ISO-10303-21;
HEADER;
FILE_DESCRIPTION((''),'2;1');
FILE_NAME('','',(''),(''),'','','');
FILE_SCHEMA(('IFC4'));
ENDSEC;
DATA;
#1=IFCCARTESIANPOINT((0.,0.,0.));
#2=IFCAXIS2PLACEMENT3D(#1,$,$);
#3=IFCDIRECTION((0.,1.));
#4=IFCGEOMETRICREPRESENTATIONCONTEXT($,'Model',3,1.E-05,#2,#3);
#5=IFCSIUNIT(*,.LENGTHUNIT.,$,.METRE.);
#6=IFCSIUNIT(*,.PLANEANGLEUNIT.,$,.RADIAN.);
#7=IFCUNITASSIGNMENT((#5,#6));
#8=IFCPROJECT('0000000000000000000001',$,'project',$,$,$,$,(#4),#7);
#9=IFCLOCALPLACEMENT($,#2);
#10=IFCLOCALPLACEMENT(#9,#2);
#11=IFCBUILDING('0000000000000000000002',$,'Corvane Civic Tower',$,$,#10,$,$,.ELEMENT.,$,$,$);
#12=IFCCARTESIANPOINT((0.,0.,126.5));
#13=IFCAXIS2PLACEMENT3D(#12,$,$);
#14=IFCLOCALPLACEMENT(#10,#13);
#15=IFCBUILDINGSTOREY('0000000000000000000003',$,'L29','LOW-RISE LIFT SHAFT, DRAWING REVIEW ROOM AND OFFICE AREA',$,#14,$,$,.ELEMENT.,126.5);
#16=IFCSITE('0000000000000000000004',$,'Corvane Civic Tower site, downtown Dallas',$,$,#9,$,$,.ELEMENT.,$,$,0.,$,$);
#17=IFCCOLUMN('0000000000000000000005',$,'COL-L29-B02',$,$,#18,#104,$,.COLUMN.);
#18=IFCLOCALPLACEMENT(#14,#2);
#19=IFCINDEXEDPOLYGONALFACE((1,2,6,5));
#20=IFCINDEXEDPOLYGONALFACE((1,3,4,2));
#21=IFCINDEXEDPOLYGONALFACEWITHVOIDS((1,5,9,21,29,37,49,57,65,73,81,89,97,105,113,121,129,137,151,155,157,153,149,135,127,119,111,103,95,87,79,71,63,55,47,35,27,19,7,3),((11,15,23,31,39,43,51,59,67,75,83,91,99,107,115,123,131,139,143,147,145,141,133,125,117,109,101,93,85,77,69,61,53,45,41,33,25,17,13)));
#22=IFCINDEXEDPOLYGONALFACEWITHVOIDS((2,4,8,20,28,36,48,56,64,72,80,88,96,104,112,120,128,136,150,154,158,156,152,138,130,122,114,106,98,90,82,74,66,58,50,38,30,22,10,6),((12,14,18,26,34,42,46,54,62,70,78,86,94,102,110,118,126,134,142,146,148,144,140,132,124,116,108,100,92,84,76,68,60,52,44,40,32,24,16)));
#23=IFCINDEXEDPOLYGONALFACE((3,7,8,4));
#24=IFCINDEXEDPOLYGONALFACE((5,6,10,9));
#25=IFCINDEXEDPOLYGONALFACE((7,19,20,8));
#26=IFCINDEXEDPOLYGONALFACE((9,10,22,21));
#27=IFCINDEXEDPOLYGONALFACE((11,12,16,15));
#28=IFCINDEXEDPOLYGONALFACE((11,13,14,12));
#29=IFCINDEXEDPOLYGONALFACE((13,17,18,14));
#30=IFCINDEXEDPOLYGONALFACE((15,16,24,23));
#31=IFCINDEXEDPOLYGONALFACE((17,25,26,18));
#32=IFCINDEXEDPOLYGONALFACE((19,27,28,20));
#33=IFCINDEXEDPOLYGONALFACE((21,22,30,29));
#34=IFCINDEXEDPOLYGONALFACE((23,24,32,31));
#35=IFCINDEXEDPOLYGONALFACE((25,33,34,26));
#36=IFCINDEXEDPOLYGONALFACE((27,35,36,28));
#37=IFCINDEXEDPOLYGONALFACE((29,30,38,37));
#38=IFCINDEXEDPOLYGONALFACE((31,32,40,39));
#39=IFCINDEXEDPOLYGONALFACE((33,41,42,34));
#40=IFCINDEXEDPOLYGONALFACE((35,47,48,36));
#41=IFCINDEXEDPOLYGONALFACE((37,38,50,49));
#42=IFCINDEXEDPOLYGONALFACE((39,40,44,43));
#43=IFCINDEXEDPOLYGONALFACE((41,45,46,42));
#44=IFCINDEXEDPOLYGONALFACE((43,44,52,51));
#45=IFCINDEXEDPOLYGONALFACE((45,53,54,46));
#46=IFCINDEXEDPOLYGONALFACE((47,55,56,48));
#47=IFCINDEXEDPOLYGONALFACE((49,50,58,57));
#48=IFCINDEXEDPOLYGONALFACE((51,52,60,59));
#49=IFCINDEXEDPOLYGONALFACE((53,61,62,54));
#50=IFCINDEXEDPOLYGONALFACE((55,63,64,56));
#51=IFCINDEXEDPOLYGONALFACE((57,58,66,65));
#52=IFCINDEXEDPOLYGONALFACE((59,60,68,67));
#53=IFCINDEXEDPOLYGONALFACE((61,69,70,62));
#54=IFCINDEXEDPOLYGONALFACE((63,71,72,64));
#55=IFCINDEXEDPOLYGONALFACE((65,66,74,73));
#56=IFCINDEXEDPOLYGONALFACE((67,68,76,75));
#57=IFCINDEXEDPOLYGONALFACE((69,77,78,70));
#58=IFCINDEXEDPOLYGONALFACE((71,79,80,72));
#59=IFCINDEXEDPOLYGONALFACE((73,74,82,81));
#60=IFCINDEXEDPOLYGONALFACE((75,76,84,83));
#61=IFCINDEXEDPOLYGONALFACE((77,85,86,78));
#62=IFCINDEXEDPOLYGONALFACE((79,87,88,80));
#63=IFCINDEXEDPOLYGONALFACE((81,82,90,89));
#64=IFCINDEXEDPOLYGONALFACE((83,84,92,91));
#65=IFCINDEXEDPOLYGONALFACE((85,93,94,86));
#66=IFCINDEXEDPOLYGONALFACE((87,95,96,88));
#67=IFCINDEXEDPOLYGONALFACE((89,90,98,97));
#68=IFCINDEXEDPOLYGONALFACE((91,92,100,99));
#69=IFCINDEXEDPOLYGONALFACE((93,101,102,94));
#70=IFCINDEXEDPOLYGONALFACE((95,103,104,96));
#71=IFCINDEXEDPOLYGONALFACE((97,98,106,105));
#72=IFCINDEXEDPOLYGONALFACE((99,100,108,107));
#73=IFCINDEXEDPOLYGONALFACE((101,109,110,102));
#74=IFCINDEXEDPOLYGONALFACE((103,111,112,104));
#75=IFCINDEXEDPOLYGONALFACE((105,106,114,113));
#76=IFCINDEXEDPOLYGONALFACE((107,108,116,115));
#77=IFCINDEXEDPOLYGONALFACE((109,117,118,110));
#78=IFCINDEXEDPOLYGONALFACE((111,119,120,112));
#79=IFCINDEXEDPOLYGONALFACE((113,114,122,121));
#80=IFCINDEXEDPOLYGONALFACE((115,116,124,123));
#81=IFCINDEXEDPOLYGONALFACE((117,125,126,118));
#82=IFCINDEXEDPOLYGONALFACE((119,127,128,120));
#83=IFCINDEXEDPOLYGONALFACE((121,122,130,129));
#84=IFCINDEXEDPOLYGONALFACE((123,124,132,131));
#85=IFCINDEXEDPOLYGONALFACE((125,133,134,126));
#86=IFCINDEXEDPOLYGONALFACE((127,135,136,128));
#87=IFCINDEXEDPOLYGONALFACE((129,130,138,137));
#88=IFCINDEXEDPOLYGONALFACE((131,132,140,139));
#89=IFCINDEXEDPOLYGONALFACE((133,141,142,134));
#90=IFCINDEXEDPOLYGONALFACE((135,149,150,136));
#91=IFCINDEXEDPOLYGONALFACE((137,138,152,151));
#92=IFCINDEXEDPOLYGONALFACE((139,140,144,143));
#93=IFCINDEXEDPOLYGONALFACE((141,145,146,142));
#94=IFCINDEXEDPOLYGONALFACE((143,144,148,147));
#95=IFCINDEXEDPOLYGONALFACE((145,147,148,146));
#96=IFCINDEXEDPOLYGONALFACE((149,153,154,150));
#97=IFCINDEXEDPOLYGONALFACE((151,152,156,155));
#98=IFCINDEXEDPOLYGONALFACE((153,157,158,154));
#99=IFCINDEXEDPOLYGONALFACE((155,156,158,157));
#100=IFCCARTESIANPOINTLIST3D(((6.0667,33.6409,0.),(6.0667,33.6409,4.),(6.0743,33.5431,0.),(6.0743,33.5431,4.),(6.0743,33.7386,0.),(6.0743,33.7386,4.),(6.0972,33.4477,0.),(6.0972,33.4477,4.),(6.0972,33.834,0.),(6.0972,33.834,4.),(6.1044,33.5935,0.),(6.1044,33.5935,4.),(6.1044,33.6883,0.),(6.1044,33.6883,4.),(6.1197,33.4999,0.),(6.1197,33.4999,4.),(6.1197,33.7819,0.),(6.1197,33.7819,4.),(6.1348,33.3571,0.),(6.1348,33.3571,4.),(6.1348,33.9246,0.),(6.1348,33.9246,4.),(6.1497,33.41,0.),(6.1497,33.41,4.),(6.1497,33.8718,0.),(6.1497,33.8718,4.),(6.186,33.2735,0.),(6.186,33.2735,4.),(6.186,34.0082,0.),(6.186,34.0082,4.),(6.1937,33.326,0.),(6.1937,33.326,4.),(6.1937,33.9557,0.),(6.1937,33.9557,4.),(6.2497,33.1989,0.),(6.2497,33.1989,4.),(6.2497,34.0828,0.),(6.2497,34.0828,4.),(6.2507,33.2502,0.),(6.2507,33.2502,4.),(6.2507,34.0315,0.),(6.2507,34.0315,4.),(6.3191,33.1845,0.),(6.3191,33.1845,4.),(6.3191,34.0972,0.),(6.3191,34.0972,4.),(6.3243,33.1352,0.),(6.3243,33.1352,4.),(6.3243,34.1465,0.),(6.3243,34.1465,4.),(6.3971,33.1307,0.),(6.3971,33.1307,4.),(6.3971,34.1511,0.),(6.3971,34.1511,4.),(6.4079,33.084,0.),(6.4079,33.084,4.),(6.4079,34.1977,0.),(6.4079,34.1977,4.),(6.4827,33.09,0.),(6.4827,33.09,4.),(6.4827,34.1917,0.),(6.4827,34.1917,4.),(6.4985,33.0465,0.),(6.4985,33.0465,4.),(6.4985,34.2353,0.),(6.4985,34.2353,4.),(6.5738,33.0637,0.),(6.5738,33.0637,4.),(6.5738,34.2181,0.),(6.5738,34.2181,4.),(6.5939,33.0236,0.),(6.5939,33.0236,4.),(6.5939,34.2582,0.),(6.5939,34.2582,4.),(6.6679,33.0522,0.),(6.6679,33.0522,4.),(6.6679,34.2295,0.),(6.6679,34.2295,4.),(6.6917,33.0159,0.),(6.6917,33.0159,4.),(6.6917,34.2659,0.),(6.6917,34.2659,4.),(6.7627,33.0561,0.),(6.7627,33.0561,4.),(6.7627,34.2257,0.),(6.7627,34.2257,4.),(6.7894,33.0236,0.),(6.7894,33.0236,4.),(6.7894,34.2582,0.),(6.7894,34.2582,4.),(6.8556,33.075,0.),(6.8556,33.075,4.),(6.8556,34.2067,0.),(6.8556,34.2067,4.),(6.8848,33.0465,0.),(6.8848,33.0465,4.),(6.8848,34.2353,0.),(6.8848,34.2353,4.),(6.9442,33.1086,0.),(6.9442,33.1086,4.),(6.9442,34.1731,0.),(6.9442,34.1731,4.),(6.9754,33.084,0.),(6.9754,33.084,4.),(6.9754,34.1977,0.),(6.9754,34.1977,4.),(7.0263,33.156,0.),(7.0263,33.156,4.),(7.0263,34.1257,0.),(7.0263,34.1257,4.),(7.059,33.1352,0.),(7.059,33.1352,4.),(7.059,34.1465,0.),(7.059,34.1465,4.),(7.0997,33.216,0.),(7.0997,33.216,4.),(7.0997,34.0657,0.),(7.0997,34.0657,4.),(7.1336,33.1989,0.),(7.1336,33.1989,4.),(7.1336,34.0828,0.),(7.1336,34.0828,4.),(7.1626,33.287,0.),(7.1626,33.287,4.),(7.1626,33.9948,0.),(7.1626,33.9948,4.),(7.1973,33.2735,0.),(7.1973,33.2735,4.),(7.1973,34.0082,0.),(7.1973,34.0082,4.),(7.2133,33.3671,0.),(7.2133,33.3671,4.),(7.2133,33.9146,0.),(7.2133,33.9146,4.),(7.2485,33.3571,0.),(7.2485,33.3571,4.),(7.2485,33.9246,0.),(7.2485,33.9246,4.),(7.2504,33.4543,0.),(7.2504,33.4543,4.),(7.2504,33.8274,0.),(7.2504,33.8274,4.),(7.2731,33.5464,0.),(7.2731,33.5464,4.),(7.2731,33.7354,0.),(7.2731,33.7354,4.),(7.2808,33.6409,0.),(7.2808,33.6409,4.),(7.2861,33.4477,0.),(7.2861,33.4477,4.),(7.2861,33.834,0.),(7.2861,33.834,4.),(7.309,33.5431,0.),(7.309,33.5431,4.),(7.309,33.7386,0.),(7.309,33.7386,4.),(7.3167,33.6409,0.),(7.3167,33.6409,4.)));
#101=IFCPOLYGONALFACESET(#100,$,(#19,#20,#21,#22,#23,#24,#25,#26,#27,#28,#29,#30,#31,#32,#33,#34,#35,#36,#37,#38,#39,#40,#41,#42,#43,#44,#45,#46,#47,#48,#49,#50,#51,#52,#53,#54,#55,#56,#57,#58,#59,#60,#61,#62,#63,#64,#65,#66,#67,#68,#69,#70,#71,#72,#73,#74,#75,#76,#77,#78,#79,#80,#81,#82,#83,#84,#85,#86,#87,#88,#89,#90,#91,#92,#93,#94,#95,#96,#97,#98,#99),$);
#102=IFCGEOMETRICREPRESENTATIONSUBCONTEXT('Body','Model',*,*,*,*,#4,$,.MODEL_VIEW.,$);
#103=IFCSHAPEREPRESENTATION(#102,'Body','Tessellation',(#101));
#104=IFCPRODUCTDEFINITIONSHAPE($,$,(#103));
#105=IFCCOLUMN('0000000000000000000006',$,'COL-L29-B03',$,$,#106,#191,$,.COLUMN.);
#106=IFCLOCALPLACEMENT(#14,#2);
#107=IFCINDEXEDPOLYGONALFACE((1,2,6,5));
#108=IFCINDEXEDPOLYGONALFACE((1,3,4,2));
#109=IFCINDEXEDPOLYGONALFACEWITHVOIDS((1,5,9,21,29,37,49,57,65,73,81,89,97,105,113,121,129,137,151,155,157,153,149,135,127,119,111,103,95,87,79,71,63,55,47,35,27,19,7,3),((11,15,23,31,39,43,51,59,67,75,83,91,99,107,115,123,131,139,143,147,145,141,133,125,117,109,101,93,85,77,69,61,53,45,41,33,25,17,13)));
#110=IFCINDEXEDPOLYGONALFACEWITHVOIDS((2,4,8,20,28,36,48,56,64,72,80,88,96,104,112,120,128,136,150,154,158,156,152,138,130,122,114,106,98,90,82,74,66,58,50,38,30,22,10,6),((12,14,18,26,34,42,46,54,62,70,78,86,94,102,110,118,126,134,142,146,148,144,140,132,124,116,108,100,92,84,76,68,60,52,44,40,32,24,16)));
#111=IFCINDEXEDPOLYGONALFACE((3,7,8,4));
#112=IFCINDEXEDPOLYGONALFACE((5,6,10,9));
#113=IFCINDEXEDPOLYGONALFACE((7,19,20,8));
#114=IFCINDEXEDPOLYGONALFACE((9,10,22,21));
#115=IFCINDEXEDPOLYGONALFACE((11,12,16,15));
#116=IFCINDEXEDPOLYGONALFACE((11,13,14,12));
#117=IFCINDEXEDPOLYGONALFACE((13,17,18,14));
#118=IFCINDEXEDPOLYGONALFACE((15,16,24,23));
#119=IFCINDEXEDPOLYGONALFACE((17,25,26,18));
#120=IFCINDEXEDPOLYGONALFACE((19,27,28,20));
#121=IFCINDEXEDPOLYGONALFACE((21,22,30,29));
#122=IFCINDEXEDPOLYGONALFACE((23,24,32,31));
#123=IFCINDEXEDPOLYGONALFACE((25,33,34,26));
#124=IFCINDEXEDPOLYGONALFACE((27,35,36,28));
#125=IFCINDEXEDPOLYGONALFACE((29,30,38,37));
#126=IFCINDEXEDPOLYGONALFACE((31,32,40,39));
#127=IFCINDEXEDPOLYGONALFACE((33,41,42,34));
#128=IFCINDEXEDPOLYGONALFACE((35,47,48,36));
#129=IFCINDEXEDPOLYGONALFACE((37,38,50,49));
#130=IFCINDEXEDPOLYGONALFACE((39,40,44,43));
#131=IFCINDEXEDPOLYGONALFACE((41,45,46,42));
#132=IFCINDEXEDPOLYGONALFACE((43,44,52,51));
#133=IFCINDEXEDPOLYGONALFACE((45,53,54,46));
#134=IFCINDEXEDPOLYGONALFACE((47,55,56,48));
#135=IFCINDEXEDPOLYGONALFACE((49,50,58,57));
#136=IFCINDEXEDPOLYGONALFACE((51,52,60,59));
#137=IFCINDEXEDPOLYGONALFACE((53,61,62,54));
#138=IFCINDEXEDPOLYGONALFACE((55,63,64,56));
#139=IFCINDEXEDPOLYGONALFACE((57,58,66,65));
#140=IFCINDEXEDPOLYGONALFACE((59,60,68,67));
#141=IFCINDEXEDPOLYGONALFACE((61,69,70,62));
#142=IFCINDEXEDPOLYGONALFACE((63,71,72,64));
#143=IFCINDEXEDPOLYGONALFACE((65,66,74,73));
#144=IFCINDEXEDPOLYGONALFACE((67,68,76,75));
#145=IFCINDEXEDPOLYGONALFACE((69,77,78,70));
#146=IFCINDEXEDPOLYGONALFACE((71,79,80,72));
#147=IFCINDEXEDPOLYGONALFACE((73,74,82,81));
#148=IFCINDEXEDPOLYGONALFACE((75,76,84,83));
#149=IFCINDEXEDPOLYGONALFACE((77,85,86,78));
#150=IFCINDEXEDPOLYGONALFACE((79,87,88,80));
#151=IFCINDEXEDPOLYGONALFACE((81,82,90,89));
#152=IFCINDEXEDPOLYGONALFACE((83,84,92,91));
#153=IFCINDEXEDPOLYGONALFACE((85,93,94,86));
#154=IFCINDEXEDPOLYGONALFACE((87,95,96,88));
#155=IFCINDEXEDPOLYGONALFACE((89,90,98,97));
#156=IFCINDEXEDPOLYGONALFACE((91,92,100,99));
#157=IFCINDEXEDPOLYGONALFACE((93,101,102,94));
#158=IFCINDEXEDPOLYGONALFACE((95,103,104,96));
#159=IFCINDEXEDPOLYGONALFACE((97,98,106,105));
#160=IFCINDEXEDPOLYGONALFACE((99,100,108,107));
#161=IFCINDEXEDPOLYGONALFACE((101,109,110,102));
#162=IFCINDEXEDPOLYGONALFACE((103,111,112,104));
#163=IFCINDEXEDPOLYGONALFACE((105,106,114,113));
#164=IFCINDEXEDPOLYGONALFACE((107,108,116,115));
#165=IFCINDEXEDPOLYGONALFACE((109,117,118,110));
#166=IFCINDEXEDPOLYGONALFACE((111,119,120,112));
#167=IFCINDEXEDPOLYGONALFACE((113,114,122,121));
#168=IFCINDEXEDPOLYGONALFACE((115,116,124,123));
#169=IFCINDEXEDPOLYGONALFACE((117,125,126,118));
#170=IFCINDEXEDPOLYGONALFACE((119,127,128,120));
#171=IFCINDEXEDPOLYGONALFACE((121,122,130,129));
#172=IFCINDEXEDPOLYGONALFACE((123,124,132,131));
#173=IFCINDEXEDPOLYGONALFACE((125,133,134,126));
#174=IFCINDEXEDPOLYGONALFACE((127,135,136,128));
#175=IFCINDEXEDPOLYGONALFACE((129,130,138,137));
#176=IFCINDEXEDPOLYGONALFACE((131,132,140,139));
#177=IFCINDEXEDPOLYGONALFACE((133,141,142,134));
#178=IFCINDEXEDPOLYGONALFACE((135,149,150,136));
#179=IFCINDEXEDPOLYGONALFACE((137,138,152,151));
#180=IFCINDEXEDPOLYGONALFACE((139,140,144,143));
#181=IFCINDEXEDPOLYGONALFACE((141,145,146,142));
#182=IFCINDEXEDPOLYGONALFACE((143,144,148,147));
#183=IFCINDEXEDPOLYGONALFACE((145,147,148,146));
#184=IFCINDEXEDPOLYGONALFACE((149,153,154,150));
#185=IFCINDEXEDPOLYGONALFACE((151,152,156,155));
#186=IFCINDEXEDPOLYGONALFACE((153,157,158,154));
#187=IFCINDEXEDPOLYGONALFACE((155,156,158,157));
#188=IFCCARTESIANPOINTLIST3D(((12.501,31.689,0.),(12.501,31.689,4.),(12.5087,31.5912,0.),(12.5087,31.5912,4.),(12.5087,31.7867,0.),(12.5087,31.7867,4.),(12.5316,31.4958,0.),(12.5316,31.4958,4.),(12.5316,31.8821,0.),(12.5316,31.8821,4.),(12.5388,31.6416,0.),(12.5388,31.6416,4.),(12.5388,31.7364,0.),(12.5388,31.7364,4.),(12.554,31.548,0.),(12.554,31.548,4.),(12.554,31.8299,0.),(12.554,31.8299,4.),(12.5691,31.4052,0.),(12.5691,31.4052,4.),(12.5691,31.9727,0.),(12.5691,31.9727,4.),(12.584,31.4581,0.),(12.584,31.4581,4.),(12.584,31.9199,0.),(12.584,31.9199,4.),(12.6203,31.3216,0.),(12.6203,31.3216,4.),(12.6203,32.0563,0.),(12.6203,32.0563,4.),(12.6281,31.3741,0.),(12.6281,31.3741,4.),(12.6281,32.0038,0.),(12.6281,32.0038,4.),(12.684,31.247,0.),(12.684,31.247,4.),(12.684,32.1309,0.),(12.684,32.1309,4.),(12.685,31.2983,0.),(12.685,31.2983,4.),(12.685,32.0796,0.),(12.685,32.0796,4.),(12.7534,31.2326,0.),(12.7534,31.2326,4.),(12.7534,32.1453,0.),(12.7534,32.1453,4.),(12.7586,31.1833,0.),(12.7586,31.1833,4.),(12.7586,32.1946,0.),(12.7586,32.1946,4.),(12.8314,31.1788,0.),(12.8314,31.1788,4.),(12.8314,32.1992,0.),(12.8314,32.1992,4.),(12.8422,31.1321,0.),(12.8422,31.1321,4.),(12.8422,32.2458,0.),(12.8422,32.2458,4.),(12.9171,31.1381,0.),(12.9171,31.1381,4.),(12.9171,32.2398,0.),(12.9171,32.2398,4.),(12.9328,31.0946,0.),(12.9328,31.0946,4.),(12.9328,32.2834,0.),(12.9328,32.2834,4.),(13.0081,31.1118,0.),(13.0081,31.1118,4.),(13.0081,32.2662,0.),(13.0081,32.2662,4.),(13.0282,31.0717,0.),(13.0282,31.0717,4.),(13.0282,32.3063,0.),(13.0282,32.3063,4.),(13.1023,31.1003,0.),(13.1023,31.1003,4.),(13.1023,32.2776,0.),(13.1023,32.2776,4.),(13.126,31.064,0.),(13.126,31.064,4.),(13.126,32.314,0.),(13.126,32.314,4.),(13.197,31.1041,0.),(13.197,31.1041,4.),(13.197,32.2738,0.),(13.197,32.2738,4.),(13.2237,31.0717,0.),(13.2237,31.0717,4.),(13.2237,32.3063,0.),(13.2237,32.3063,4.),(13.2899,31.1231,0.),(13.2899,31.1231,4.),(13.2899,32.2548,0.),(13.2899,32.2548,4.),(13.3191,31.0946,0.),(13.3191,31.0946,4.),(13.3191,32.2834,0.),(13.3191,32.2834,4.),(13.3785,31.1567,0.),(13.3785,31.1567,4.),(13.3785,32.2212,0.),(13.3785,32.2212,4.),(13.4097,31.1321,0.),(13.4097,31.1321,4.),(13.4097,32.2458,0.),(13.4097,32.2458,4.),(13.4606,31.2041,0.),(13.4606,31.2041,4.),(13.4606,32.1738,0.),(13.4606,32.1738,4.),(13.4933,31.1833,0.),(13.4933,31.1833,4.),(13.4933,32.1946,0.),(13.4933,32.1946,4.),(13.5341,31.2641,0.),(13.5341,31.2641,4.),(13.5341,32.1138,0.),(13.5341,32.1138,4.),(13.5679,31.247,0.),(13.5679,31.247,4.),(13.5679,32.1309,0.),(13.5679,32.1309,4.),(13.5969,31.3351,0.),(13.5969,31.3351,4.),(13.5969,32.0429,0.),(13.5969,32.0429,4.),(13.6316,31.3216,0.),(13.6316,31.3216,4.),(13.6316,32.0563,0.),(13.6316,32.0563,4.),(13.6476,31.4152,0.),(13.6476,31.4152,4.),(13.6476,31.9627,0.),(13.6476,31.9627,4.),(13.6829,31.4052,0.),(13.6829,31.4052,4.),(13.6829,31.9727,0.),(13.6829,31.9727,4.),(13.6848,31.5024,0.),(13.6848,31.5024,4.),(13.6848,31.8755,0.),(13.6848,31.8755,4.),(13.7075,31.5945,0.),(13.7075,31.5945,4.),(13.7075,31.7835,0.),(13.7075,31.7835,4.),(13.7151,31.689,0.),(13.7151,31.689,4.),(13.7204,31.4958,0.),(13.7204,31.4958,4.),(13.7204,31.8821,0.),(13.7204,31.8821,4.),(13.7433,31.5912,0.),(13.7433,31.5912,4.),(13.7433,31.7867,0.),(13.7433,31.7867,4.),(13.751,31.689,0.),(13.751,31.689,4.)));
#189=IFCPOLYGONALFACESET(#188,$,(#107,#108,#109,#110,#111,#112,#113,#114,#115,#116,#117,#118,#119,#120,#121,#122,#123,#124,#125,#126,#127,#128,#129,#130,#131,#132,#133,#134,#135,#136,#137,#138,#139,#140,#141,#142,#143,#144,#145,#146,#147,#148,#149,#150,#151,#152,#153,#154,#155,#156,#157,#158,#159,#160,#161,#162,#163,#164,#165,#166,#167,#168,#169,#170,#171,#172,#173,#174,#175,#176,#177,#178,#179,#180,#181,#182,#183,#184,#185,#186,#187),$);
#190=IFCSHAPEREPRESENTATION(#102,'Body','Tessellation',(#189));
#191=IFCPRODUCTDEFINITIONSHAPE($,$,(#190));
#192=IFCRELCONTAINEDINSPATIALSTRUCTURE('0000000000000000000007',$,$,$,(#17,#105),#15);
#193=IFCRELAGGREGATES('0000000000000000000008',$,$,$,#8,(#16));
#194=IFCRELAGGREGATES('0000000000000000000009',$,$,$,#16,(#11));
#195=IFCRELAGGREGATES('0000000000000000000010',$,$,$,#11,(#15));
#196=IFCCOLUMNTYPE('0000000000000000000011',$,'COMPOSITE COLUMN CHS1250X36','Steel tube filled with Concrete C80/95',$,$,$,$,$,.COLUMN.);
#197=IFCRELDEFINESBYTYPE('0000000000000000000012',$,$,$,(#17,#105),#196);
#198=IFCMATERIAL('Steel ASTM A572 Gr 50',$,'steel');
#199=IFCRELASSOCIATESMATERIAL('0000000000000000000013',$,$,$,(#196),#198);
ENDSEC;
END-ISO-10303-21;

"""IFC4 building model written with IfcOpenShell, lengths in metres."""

from ifc_helpers import new_model, si_unit, direction, frame, origin, origin_2d, place, context, subcontext, project, spatial, hollow_circle, extrude, material, material_profile, profile_set, type_object, element, save


model = new_model("IFC4")

# Units and contexts
model_context = context("Model", 3, precision=1e-05, world=origin(), true_north=direction((0.0, 1.0)))
body_context = subcontext(model_context, "Body", "Model", "MODEL_VIEW")
ifc_project = project(units=[si_unit("LENGTHUNIT", "METRE"), si_unit("PLANEANGLEUNIT", "RADIAN")], contexts=[model_context])

# Site, building, storey
site_placement = place(None, origin())
site = spatial("IfcSite", under=ifc_project, at=site_placement, Name="Corvane Civic Tower site, downtown Dallas", CompositionType="ELEMENT", RefElevation=0.0)
building_placement = place(site_placement, origin())
building = spatial("IfcBuilding", under=site, at=building_placement, Name="Corvane Civic Tower", CompositionType="ELEMENT")
storey_placement = place(building_placement, frame((0.0, 0.0, 126.5)))
storey = spatial("IfcBuildingStorey", under=building, at=storey_placement, Name="L29", Description="LOW-RISE LIFT SHAFT, DRAWING REVIEW ROOM AND OFFICE AREA", CompositionType="ELEMENT", Elevation=126.5)

# Columns
ifc_material_1 = material(Name="Steel ASTM A572 Gr 50", Category="steel")
ifc_material_profile_1 = material_profile(ifc_material_1, hollow_circle(Radius=0.625, WallThickness=0.0359, at=origin_2d()), Name="CHS1250X36")
ifc_profile_set_1 = profile_set([ifc_material_profile_1], Name="Steel ASTM A572 Gr 50")
column_type = type_object("IfcColumnType", Name="COMPOSITE COLUMN CHS1250X36", Description="Steel tube filled with Concrete C80/95", PredefinedType="COLUMN", material=ifc_profile_set_1)
for number, where, z_axis, x_axis, name in (
    (1, (6.6917, 33.6409, 0.0), (0.0, 0.0, 1.0), (1.0, 0.0, 0.0), "COL-L29-B02"),
    (2, (13.126, 31.689, 0.0), (0.0, 0.0, 1.0), (1.0, 0.0, 0.0), "COL-L29-B03"),
):
    element("IfcColumn", number, at=place(storey_placement, frame(where, z_axis=z_axis, x_axis=x_axis)), inside=storey, type_object=column_type, Name=name, PredefinedType="COLUMN", context=body_context, shape_type="SweptSolid", body=[
        extrude(hollow_circle(Radius=0.625, WallThickness=0.0359, at=origin_2d()), origin(), (0.0, 0.0, 1.0), 4.0),
    ])

save(model, "model.ifc")
